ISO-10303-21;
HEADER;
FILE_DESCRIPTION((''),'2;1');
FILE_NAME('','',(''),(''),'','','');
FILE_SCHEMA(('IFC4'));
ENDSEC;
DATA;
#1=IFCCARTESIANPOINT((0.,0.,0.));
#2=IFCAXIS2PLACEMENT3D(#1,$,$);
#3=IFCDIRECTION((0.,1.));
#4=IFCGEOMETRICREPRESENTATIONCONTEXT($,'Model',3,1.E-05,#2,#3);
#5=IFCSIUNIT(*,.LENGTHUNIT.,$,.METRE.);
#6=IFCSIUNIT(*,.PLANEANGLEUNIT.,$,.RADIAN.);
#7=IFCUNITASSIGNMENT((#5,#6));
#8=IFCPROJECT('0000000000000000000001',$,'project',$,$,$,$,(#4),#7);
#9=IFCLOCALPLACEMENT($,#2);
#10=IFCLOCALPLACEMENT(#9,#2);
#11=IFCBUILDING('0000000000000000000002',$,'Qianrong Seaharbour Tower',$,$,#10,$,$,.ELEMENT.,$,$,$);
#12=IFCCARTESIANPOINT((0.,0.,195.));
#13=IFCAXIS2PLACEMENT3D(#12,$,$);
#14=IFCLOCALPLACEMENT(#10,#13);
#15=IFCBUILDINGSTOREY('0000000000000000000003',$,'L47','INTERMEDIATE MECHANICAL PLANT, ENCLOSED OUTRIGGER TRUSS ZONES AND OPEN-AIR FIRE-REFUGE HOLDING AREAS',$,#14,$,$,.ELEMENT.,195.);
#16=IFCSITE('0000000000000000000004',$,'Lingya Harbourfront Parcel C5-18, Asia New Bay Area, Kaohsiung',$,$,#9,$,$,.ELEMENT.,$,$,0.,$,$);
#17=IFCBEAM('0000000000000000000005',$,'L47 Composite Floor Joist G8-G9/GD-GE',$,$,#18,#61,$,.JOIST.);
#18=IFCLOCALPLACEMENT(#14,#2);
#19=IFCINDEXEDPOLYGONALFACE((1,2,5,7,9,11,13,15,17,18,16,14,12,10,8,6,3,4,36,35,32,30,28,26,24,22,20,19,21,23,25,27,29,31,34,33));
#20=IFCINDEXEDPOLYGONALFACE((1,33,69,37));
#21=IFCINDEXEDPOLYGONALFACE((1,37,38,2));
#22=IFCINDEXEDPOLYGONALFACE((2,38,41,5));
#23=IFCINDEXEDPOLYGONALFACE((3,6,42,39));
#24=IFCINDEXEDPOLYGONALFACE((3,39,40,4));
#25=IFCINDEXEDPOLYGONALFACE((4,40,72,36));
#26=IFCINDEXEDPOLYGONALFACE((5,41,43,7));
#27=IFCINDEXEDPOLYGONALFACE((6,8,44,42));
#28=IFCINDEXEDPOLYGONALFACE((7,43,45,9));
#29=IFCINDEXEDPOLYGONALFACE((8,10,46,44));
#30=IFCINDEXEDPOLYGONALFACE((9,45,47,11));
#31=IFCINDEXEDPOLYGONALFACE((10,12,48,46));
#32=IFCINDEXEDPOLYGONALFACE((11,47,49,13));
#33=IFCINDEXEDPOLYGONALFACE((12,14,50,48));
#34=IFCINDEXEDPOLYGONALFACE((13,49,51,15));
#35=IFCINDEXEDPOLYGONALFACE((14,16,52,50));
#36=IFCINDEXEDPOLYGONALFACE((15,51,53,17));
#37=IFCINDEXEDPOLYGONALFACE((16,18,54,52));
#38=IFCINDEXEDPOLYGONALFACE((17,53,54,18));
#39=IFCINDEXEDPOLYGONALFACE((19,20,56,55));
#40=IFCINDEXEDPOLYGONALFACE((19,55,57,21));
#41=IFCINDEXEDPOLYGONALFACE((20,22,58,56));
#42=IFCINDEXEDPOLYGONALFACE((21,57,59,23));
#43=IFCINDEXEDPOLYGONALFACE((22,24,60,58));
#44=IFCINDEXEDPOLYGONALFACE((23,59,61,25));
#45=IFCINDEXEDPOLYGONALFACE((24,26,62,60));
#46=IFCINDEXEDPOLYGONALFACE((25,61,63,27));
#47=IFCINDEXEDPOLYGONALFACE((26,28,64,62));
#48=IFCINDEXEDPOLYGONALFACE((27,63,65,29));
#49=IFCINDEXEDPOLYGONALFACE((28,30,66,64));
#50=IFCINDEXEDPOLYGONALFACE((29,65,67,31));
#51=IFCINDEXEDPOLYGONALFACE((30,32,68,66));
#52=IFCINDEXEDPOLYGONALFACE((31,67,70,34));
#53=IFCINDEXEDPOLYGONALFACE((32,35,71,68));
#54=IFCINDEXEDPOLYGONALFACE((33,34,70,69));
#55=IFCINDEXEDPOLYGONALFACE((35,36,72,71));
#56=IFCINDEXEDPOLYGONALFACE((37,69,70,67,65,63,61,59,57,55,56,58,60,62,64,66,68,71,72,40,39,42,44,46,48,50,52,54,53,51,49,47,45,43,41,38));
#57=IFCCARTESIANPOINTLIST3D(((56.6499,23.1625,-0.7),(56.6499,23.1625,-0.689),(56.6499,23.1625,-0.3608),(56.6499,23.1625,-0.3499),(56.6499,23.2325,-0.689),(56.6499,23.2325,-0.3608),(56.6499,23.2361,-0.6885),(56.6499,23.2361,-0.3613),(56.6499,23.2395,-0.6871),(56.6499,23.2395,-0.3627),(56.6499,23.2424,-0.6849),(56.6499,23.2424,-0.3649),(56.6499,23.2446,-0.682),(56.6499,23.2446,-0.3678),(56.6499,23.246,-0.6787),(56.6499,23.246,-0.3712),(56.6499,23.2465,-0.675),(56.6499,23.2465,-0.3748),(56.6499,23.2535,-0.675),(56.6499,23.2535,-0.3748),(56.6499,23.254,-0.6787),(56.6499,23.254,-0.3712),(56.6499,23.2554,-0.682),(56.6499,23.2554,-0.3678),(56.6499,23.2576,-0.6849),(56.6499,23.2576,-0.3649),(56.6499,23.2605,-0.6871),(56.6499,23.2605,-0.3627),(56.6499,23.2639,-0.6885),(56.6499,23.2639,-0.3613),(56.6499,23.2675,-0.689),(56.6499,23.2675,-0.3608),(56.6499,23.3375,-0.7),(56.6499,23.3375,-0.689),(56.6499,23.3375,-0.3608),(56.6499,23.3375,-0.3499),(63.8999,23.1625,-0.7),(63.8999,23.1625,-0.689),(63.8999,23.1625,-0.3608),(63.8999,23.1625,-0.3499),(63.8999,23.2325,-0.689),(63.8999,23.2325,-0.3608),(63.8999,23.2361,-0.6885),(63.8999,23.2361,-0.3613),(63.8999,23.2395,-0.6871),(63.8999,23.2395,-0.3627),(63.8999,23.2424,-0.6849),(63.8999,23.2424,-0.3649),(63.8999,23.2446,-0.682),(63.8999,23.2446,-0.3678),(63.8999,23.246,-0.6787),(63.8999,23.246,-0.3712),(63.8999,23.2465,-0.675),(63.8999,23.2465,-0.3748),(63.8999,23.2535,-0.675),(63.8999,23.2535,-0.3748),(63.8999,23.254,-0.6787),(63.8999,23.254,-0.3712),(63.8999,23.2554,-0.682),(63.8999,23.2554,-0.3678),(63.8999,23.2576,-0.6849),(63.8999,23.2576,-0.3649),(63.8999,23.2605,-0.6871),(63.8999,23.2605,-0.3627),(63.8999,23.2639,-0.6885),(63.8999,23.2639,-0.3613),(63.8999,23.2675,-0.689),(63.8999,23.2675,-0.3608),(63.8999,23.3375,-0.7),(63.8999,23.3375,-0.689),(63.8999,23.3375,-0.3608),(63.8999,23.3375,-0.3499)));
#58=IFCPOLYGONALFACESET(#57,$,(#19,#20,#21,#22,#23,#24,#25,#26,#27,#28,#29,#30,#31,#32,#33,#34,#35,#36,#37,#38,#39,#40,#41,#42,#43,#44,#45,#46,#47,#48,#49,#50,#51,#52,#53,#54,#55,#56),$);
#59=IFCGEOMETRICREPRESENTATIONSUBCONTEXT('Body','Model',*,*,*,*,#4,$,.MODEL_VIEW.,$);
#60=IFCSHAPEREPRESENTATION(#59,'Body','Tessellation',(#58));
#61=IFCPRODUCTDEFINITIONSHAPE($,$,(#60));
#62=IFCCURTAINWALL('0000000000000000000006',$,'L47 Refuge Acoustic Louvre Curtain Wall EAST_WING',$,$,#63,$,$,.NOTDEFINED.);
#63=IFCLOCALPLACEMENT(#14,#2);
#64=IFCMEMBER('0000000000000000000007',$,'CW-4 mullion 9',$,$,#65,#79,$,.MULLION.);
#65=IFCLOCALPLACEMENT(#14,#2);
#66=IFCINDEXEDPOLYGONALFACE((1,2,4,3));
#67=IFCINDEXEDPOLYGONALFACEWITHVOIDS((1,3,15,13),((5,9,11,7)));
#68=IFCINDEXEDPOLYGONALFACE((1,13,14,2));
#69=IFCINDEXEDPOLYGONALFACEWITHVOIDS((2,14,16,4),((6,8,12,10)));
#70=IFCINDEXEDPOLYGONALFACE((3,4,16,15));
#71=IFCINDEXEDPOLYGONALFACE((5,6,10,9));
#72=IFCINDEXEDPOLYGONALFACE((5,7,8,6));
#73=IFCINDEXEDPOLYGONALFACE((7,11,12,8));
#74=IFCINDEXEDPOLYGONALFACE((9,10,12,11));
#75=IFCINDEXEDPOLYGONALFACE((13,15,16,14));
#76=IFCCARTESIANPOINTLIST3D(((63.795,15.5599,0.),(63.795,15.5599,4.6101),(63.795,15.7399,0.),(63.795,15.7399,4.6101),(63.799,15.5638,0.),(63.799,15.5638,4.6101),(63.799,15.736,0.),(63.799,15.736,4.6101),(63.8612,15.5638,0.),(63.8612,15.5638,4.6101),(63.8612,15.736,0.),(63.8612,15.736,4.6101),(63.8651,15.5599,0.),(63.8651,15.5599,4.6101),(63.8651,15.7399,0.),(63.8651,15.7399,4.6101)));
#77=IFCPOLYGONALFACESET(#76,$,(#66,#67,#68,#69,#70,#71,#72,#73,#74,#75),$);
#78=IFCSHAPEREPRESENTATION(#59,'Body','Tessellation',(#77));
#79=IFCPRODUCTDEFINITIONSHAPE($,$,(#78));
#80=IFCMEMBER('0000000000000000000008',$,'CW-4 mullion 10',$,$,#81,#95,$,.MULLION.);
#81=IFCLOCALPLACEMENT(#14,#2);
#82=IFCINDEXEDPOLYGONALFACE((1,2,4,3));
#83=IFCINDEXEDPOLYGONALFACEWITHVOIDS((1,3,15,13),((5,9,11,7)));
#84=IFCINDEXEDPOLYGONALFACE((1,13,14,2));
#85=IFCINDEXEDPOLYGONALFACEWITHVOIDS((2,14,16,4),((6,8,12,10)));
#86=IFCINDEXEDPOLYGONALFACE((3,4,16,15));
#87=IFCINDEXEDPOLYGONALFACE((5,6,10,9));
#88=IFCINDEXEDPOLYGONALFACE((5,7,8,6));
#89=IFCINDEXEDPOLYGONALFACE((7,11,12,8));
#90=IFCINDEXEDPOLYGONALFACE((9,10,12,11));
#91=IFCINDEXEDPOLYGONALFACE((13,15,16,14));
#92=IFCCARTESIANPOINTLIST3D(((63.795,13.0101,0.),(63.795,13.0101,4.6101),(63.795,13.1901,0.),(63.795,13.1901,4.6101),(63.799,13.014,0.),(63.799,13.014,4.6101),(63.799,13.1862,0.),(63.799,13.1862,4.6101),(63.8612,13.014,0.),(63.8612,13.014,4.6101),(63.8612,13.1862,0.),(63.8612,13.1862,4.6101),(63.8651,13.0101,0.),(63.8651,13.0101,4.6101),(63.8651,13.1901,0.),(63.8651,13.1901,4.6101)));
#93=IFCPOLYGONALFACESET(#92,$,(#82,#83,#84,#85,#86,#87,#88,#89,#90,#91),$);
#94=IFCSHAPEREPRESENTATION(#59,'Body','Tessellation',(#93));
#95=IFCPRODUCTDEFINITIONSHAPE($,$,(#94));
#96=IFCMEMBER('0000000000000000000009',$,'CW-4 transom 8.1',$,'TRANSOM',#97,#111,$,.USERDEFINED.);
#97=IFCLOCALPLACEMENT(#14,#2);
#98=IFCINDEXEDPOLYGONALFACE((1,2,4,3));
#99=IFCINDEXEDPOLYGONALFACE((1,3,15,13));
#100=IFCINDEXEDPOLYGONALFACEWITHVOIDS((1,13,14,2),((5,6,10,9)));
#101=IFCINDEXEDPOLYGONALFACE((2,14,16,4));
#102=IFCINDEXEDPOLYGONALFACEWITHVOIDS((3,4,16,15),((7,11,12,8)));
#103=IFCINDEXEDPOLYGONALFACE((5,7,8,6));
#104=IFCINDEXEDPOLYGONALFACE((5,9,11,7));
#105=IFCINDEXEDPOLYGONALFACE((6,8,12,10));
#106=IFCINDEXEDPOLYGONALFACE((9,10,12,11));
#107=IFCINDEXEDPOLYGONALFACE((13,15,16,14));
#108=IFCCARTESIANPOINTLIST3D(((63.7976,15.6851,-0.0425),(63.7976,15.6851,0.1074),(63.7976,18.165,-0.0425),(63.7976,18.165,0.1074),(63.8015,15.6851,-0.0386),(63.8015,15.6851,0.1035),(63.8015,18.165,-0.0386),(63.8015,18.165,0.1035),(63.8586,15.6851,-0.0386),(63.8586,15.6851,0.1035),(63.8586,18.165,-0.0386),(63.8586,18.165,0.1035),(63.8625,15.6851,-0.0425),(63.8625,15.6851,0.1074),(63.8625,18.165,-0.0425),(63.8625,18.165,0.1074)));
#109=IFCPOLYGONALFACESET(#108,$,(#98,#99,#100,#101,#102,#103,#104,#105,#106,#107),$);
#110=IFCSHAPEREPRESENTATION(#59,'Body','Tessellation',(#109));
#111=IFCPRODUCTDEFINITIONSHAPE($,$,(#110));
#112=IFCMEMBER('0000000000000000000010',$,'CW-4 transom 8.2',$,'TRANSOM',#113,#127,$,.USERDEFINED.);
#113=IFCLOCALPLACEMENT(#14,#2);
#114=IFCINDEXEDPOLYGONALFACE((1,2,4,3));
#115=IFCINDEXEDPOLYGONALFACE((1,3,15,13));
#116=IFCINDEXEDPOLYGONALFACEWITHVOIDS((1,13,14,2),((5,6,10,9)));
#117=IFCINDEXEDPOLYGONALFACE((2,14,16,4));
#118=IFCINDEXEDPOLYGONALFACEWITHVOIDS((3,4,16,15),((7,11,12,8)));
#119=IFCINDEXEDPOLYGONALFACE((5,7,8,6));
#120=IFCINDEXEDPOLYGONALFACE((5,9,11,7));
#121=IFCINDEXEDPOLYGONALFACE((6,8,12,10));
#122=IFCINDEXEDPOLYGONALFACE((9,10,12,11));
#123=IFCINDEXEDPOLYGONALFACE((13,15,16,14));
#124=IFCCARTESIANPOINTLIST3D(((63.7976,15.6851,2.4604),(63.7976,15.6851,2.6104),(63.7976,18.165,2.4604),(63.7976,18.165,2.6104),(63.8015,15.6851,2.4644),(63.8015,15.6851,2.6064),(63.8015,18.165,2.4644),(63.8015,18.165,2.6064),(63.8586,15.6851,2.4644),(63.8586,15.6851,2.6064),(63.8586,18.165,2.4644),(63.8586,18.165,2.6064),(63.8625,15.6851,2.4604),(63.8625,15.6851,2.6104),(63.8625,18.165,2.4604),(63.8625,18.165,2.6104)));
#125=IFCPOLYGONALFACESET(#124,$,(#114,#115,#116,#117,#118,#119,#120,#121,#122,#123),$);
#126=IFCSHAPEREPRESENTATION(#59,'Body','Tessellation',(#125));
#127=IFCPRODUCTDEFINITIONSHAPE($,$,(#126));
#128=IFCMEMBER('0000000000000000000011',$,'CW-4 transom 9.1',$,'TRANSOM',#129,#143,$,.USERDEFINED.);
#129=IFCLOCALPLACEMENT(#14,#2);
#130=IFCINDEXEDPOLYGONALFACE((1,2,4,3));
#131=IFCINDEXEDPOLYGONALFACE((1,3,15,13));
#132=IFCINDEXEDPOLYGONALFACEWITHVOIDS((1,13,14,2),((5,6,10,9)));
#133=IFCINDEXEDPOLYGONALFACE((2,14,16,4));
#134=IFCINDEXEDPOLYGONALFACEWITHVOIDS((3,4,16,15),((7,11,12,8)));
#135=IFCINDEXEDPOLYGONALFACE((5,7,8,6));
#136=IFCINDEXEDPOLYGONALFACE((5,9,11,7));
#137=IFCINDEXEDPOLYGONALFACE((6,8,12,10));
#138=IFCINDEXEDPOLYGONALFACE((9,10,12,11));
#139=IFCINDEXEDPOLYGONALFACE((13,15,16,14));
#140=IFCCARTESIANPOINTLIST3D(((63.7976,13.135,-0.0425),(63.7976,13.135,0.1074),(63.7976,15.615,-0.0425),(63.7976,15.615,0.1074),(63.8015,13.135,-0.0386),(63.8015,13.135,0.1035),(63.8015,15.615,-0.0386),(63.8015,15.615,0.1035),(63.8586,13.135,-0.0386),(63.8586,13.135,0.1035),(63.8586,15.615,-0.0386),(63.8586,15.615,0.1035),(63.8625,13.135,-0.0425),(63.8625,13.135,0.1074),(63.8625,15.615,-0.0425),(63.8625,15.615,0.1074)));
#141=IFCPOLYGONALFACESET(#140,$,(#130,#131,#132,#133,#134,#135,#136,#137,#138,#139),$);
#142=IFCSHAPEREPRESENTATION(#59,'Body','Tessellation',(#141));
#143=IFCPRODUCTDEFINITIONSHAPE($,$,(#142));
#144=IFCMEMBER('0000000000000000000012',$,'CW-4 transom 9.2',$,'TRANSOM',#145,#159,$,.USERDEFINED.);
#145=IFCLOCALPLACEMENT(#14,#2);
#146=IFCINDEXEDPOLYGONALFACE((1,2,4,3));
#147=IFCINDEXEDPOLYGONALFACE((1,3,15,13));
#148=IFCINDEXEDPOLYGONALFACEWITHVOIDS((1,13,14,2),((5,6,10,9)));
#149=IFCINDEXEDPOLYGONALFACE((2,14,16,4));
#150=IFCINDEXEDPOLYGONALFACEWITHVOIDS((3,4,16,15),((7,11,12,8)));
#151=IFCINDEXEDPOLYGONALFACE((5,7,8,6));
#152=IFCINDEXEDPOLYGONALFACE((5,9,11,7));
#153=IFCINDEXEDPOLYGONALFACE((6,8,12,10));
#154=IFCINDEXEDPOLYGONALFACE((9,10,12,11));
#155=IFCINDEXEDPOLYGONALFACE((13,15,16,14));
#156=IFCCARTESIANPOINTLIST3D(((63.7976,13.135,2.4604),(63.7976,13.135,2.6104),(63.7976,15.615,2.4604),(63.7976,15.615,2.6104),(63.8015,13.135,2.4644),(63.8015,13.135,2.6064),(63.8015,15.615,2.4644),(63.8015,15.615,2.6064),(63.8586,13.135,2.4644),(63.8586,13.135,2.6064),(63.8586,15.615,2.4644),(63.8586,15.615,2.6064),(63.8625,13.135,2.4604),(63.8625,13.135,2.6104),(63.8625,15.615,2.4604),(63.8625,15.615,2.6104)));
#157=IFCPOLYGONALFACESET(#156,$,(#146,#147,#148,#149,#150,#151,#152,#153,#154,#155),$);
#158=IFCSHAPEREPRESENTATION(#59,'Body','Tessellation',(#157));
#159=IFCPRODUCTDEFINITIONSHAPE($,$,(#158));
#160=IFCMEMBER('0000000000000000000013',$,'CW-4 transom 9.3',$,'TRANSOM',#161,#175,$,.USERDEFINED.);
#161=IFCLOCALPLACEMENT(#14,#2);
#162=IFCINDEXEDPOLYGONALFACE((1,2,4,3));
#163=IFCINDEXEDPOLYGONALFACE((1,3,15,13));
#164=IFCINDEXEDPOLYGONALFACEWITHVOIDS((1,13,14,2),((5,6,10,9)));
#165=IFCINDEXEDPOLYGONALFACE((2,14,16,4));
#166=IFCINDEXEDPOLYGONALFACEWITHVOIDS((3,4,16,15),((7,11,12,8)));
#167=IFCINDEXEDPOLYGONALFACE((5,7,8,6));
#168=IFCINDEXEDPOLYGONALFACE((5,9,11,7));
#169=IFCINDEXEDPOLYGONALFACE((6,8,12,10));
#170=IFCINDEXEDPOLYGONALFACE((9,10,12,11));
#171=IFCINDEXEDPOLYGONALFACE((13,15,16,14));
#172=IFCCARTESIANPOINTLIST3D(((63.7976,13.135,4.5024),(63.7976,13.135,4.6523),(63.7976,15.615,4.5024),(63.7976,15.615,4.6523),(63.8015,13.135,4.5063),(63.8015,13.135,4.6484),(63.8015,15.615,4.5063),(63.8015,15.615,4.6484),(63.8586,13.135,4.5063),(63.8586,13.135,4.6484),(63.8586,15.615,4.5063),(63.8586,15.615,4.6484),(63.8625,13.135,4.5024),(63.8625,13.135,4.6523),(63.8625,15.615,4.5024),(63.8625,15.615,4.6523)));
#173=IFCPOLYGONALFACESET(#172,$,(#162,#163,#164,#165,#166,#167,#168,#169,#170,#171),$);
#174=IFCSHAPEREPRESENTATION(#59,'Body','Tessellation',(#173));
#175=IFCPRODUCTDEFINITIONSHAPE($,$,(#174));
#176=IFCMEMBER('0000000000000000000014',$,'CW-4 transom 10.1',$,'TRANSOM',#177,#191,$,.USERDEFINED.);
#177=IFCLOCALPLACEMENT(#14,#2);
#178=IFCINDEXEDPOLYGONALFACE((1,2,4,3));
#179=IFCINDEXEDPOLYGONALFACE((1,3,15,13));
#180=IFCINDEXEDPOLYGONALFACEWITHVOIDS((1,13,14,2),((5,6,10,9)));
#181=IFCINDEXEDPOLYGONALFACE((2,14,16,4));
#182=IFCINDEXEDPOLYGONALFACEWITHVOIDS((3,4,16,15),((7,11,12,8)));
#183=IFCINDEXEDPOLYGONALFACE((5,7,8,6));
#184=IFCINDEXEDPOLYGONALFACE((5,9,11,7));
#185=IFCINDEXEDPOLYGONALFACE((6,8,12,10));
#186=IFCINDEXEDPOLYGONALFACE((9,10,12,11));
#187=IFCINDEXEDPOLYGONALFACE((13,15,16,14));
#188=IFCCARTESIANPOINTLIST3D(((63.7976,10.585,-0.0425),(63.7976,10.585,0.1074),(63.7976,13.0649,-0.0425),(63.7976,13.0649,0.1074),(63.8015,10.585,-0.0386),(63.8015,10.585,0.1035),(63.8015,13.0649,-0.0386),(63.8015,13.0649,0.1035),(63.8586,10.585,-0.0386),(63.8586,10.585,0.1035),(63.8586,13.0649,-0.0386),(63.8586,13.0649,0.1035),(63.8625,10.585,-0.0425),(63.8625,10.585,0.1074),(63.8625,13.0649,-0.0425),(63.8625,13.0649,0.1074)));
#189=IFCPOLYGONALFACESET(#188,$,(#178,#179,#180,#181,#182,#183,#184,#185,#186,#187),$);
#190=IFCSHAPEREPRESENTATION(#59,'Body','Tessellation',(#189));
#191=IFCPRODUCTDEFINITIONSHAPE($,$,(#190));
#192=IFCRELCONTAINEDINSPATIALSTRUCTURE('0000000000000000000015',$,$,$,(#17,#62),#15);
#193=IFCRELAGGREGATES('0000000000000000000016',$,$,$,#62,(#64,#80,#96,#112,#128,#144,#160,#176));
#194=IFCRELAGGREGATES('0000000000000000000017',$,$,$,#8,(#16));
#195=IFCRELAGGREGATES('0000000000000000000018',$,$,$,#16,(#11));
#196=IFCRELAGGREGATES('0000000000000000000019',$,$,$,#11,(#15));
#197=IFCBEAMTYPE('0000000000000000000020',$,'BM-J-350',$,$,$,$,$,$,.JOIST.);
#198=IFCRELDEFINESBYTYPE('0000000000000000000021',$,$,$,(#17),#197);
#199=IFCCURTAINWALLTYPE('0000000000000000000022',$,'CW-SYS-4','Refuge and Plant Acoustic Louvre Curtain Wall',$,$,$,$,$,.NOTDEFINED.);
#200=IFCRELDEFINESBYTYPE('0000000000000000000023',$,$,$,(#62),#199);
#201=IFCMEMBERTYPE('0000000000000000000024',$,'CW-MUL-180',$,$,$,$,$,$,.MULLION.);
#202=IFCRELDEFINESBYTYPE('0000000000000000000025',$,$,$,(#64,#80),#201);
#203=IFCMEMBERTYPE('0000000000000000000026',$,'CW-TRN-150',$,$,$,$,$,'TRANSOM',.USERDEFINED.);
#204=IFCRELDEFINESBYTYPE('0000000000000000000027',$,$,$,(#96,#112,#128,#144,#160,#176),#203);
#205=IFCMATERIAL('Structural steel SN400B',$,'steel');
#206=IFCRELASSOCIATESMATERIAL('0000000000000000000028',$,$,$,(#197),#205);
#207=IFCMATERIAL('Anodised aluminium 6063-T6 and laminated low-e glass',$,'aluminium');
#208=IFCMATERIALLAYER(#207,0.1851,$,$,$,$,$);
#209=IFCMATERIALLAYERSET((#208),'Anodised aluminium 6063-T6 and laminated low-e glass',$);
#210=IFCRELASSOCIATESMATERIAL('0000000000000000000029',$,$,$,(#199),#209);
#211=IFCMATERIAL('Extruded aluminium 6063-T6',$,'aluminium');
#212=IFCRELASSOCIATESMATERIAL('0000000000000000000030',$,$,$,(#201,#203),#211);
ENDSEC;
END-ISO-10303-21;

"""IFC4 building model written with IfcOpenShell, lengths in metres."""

from ifc_helpers import new_model, si_unit, direction, frame, origin, origin_2d, place, context, subcontext, project, spatial, hollow_rectangle, i_section, extrude, material, layer, layer_set, material_profile, profile_set, type_object, element, aggregate, save


model = new_model("IFC4")

# Units and contexts
model_context = context("Model", 3, precision=1e-05, world=origin(), true_north=direction((0.0, 1.0)))
body_context = subcontext(model_context, "Body", "Model", "MODEL_VIEW")
ifc_project = project(units=[si_unit("LENGTHUNIT", "METRE"), si_unit("PLANEANGLEUNIT", "RADIAN")], contexts=[model_context])

# Site, building, storey
site_placement = place(None, origin())
site = spatial("IfcSite", under=ifc_project, at=site_placement, Name="Lingya Harbourfront Parcel C5-18, Asia New Bay Area, Kaohsiung", CompositionType="ELEMENT", RefElevation=0.0)
building_placement = place(site_placement, origin())
building = spatial("IfcBuilding", under=site, at=building_placement, Name="Qianrong Seaharbour Tower", CompositionType="ELEMENT")
storey_placement = place(building_placement, frame((0.0, 0.0, 195.0)))
storey = spatial("IfcBuildingStorey", under=building, at=storey_placement, Name="L47", Description="INTERMEDIATE MECHANICAL PLANT, ENCLOSED OUTRIGGER TRUSS ZONES AND OPEN-AIR FIRE-REFUGE HOLDING AREAS", CompositionType="ELEMENT", Elevation=195.0)

# Beam
ifc_material_1 = material(Name="Structural steel SN400B", Category="steel")
ifc_material_profile_1 = material_profile(ifc_material_1, i_section(OverallWidth=0.175, OverallDepth=0.3501, WebThickness=0.0071, FlangeThickness=0.011, FilletRadius=0.0139, at=origin_2d()), Name="H350x175x7x11")
ifc_profile_set_1 = profile_set([ifc_material_profile_1], Name="Structural steel SN400B")
beam_type_1 = type_object("IfcBeamType", Name="BM-J-350", PredefinedType="JOIST", material=ifc_profile_set_1)
beam_1_placement = place(storey_placement, frame((56.6499, 23.25, -0.5249), z_axis=(1.0, 0.0, 0.0), x_axis=(0.0, 1.0, 0.0)))
element("IfcBeam", 1, at=beam_1_placement, inside=storey, type_object=beam_type_1, Name="L47 Composite Floor Joist G8-G9/GD-GE", PredefinedType="JOIST", context=body_context, shape_type="SweptSolid", body=[
    extrude(i_section(OverallWidth=0.175, OverallDepth=0.3501, WebThickness=0.0071, FlangeThickness=0.011, FilletRadius=0.0139, at=origin_2d()), origin(), (0.0, 0.0, 1.0), 7.25),
])

# Curtain wall, members
ifc_material_2 = material(Name="Anodised aluminium 6063-T6 and laminated low-e glass", Category="aluminium")
ifc_layer_1 = layer(ifc_material_2, 0.1851)
ifc_layer_set_1 = layer_set([ifc_layer_1], Name="Anodised aluminium 6063-T6 and laminated low-e glass")
curtain_wall_type = type_object("IfcCurtainWallType", Name="CW-SYS-4", Description="Refuge and Plant Acoustic Louvre Curtain Wall", PredefinedType="NOTDEFINED", material=ifc_layer_set_1)
curtain_wall_placement = place(storey_placement, origin())
curtain_wall = element("IfcCurtainWall", 2, at=curtain_wall_placement, inside=storey, type_object=curtain_wall_type, Name="L47 Refuge Acoustic Louvre Curtain Wall EAST_WING", PredefinedType="NOTDEFINED")
ifc_material_3 = material(Name="Extruded aluminium 6063-T6", Category="aluminium")
ifc_material_profile_2 = material_profile(ifc_material_3, hollow_rectangle(XDim=0.0701, YDim=0.1799, WallThickness=0.0039, at=origin_2d()), Name="ALU-MUL-180x70x4")
ifc_profile_set_2 = profile_set([ifc_material_profile_2], Name="Extruded aluminium 6063-T6")
member_type_1 = type_object("IfcMemberType", Name="CW-MUL-180", PredefinedType="MULLION", material=ifc_profile_set_2)
member_1_placement = place(storey_placement, frame((63.8301, 15.6499, 0.0), z_axis=(0.0, 0.0, 1.0), x_axis=(1.0, 0.0, 0.0)))
member_1 = element("IfcMember", 3, at=member_1_placement, type_object=member_type_1, Name="CW-4 mullion 9", PredefinedType="MULLION", context=body_context, shape_type="SweptSolid", body=[
    extrude(hollow_rectangle(XDim=0.0701, YDim=0.1799, WallThickness=0.0039, at=origin_2d()), origin(), (0.0, 0.0, 1.0), 4.6101),
])
member_2_placement = place(storey_placement, frame((63.8301, 13.1001, 0.0), z_axis=(0.0, 0.0, 1.0), x_axis=(1.0, 0.0, 0.0)))
member_2 = element("IfcMember", 4, at=member_2_placement, type_object=member_type_1, Name="CW-4 mullion 10", PredefinedType="MULLION", context=body_context, shape_type="SweptSolid", body=[
    extrude(hollow_rectangle(XDim=0.0701, YDim=0.1799, WallThickness=0.0039, at=origin_2d()), origin(), (0.0, 0.0, 1.0), 4.6101),
])
ifc_material_profile_3 = material_profile(ifc_material_3, hollow_rectangle(XDim=0.0649, YDim=0.1499, WallThickness=0.0039, at=origin_2d()), Name="ALU-TRN-150x65x4")
ifc_profile_set_3 = profile_set([ifc_material_profile_3], Name="Extruded aluminium 6063-T6")
member_type_2 = type_object("IfcMemberType", Name="CW-TRN-150", ElementType="TRANSOM", PredefinedType="USERDEFINED", material=ifc_profile_set_3)
member_3_placement = place(storey_placement, frame((63.8301, 18.165, 0.0325), z_axis=(0.0, -1.0, 0.0), x_axis=(1.0, 0.0, 0.0)))
member_3 = element("IfcMember", 5, at=member_3_placement, type_object=member_type_2, Name="CW-4 transom 8.1", ObjectType="TRANSOM", PredefinedType="USERDEFINED", context=body_context, shape_type="SweptSolid", body=[
    extrude(hollow_rectangle(XDim=0.0649, YDim=0.1499, WallThickness=0.0039, at=origin_2d()), origin(), (0.0, 0.0, 1.0), 2.48),
])
member_4_placement = place(storey_placement, frame((63.8301, 18.165, 2.5354), z_axis=(0.0, -1.0, 0.0), x_axis=(1.0, 0.0, 0.0)))
member_4 = element("IfcMember", 6, at=member_4_placement, type_object=member_type_2, Name="CW-4 transom 8.2", ObjectType="TRANSOM", PredefinedType="USERDEFINED", context=body_context, shape_type="SweptSolid", body=[
    extrude(hollow_rectangle(XDim=0.0649, YDim=0.1499, WallThickness=0.0039, at=origin_2d()), origin(), (0.0, 0.0, 1.0), 2.48),
])
member_5_placement = place(storey_placement, frame((63.8301, 15.615, 0.0325), z_axis=(0.0, -1.0, 0.0), x_axis=(1.0, 0.0, 0.0)))
member_5 = element("IfcMember", 7, at=member_5_placement, type_object=member_type_2, Name="CW-4 transom 9.1", ObjectType="TRANSOM", PredefinedType="USERDEFINED", context=body_context, shape_type="SweptSolid", body=[
    extrude(hollow_rectangle(XDim=0.0649, YDim=0.1499, WallThickness=0.0039, at=origin_2d()), origin(), (0.0, 0.0, 1.0), 2.48),
])
member_6_placement = place(storey_placement, frame((63.8301, 15.615, 2.5354), z_axis=(0.0, -1.0, 0.0), x_axis=(1.0, 0.0, 0.0)))
member_6 = element("IfcMember", 8, at=member_6_placement, type_object=member_type_2, Name="CW-4 transom 9.2", ObjectType="TRANSOM", PredefinedType="USERDEFINED", context=body_context, shape_type="SweptSolid", body=[
    extrude(hollow_rectangle(XDim=0.0649, YDim=0.1499, WallThickness=0.0039, at=origin_2d()), origin(), (0.0, 0.0, 1.0), 2.48),
])
member_7_placement = place(storey_placement, frame((63.8301, 15.615, 4.5774), z_axis=(0.0, -1.0, 0.0), x_axis=(1.0, 0.0, 0.0)))
member_7 = element("IfcMember", 9, at=member_7_placement, type_object=member_type_2, Name="CW-4 transom 9.3", ObjectType="TRANSOM", PredefinedType="USERDEFINED", context=body_context, shape_type="SweptSolid", body=[
    extrude(hollow_rectangle(XDim=0.0649, YDim=0.1499, WallThickness=0.0039, at=origin_2d()), origin(), (0.0, 0.0, 1.0), 2.48),
])
member_8_placement = place(storey_placement, frame((63.8301, 13.0649, 0.0325), z_axis=(0.0, -1.0, 0.0), x_axis=(1.0, 0.0, 0.0)))
member_8 = element("IfcMember", 10, at=member_8_placement, type_object=member_type_2, Name="CW-4 transom 10.1", ObjectType="TRANSOM", PredefinedType="USERDEFINED", context=body_context, shape_type="SweptSolid", body=[
    extrude(hollow_rectangle(XDim=0.0649, YDim=0.1499, WallThickness=0.0039, at=origin_2d()), origin(), (0.0, 0.0, 1.0), 2.48),
])
aggregate(curtain_wall, [member_1, member_2, member_3, member_4, member_5, member_6, member_7, member_8])

save(model, "model.ifc")
